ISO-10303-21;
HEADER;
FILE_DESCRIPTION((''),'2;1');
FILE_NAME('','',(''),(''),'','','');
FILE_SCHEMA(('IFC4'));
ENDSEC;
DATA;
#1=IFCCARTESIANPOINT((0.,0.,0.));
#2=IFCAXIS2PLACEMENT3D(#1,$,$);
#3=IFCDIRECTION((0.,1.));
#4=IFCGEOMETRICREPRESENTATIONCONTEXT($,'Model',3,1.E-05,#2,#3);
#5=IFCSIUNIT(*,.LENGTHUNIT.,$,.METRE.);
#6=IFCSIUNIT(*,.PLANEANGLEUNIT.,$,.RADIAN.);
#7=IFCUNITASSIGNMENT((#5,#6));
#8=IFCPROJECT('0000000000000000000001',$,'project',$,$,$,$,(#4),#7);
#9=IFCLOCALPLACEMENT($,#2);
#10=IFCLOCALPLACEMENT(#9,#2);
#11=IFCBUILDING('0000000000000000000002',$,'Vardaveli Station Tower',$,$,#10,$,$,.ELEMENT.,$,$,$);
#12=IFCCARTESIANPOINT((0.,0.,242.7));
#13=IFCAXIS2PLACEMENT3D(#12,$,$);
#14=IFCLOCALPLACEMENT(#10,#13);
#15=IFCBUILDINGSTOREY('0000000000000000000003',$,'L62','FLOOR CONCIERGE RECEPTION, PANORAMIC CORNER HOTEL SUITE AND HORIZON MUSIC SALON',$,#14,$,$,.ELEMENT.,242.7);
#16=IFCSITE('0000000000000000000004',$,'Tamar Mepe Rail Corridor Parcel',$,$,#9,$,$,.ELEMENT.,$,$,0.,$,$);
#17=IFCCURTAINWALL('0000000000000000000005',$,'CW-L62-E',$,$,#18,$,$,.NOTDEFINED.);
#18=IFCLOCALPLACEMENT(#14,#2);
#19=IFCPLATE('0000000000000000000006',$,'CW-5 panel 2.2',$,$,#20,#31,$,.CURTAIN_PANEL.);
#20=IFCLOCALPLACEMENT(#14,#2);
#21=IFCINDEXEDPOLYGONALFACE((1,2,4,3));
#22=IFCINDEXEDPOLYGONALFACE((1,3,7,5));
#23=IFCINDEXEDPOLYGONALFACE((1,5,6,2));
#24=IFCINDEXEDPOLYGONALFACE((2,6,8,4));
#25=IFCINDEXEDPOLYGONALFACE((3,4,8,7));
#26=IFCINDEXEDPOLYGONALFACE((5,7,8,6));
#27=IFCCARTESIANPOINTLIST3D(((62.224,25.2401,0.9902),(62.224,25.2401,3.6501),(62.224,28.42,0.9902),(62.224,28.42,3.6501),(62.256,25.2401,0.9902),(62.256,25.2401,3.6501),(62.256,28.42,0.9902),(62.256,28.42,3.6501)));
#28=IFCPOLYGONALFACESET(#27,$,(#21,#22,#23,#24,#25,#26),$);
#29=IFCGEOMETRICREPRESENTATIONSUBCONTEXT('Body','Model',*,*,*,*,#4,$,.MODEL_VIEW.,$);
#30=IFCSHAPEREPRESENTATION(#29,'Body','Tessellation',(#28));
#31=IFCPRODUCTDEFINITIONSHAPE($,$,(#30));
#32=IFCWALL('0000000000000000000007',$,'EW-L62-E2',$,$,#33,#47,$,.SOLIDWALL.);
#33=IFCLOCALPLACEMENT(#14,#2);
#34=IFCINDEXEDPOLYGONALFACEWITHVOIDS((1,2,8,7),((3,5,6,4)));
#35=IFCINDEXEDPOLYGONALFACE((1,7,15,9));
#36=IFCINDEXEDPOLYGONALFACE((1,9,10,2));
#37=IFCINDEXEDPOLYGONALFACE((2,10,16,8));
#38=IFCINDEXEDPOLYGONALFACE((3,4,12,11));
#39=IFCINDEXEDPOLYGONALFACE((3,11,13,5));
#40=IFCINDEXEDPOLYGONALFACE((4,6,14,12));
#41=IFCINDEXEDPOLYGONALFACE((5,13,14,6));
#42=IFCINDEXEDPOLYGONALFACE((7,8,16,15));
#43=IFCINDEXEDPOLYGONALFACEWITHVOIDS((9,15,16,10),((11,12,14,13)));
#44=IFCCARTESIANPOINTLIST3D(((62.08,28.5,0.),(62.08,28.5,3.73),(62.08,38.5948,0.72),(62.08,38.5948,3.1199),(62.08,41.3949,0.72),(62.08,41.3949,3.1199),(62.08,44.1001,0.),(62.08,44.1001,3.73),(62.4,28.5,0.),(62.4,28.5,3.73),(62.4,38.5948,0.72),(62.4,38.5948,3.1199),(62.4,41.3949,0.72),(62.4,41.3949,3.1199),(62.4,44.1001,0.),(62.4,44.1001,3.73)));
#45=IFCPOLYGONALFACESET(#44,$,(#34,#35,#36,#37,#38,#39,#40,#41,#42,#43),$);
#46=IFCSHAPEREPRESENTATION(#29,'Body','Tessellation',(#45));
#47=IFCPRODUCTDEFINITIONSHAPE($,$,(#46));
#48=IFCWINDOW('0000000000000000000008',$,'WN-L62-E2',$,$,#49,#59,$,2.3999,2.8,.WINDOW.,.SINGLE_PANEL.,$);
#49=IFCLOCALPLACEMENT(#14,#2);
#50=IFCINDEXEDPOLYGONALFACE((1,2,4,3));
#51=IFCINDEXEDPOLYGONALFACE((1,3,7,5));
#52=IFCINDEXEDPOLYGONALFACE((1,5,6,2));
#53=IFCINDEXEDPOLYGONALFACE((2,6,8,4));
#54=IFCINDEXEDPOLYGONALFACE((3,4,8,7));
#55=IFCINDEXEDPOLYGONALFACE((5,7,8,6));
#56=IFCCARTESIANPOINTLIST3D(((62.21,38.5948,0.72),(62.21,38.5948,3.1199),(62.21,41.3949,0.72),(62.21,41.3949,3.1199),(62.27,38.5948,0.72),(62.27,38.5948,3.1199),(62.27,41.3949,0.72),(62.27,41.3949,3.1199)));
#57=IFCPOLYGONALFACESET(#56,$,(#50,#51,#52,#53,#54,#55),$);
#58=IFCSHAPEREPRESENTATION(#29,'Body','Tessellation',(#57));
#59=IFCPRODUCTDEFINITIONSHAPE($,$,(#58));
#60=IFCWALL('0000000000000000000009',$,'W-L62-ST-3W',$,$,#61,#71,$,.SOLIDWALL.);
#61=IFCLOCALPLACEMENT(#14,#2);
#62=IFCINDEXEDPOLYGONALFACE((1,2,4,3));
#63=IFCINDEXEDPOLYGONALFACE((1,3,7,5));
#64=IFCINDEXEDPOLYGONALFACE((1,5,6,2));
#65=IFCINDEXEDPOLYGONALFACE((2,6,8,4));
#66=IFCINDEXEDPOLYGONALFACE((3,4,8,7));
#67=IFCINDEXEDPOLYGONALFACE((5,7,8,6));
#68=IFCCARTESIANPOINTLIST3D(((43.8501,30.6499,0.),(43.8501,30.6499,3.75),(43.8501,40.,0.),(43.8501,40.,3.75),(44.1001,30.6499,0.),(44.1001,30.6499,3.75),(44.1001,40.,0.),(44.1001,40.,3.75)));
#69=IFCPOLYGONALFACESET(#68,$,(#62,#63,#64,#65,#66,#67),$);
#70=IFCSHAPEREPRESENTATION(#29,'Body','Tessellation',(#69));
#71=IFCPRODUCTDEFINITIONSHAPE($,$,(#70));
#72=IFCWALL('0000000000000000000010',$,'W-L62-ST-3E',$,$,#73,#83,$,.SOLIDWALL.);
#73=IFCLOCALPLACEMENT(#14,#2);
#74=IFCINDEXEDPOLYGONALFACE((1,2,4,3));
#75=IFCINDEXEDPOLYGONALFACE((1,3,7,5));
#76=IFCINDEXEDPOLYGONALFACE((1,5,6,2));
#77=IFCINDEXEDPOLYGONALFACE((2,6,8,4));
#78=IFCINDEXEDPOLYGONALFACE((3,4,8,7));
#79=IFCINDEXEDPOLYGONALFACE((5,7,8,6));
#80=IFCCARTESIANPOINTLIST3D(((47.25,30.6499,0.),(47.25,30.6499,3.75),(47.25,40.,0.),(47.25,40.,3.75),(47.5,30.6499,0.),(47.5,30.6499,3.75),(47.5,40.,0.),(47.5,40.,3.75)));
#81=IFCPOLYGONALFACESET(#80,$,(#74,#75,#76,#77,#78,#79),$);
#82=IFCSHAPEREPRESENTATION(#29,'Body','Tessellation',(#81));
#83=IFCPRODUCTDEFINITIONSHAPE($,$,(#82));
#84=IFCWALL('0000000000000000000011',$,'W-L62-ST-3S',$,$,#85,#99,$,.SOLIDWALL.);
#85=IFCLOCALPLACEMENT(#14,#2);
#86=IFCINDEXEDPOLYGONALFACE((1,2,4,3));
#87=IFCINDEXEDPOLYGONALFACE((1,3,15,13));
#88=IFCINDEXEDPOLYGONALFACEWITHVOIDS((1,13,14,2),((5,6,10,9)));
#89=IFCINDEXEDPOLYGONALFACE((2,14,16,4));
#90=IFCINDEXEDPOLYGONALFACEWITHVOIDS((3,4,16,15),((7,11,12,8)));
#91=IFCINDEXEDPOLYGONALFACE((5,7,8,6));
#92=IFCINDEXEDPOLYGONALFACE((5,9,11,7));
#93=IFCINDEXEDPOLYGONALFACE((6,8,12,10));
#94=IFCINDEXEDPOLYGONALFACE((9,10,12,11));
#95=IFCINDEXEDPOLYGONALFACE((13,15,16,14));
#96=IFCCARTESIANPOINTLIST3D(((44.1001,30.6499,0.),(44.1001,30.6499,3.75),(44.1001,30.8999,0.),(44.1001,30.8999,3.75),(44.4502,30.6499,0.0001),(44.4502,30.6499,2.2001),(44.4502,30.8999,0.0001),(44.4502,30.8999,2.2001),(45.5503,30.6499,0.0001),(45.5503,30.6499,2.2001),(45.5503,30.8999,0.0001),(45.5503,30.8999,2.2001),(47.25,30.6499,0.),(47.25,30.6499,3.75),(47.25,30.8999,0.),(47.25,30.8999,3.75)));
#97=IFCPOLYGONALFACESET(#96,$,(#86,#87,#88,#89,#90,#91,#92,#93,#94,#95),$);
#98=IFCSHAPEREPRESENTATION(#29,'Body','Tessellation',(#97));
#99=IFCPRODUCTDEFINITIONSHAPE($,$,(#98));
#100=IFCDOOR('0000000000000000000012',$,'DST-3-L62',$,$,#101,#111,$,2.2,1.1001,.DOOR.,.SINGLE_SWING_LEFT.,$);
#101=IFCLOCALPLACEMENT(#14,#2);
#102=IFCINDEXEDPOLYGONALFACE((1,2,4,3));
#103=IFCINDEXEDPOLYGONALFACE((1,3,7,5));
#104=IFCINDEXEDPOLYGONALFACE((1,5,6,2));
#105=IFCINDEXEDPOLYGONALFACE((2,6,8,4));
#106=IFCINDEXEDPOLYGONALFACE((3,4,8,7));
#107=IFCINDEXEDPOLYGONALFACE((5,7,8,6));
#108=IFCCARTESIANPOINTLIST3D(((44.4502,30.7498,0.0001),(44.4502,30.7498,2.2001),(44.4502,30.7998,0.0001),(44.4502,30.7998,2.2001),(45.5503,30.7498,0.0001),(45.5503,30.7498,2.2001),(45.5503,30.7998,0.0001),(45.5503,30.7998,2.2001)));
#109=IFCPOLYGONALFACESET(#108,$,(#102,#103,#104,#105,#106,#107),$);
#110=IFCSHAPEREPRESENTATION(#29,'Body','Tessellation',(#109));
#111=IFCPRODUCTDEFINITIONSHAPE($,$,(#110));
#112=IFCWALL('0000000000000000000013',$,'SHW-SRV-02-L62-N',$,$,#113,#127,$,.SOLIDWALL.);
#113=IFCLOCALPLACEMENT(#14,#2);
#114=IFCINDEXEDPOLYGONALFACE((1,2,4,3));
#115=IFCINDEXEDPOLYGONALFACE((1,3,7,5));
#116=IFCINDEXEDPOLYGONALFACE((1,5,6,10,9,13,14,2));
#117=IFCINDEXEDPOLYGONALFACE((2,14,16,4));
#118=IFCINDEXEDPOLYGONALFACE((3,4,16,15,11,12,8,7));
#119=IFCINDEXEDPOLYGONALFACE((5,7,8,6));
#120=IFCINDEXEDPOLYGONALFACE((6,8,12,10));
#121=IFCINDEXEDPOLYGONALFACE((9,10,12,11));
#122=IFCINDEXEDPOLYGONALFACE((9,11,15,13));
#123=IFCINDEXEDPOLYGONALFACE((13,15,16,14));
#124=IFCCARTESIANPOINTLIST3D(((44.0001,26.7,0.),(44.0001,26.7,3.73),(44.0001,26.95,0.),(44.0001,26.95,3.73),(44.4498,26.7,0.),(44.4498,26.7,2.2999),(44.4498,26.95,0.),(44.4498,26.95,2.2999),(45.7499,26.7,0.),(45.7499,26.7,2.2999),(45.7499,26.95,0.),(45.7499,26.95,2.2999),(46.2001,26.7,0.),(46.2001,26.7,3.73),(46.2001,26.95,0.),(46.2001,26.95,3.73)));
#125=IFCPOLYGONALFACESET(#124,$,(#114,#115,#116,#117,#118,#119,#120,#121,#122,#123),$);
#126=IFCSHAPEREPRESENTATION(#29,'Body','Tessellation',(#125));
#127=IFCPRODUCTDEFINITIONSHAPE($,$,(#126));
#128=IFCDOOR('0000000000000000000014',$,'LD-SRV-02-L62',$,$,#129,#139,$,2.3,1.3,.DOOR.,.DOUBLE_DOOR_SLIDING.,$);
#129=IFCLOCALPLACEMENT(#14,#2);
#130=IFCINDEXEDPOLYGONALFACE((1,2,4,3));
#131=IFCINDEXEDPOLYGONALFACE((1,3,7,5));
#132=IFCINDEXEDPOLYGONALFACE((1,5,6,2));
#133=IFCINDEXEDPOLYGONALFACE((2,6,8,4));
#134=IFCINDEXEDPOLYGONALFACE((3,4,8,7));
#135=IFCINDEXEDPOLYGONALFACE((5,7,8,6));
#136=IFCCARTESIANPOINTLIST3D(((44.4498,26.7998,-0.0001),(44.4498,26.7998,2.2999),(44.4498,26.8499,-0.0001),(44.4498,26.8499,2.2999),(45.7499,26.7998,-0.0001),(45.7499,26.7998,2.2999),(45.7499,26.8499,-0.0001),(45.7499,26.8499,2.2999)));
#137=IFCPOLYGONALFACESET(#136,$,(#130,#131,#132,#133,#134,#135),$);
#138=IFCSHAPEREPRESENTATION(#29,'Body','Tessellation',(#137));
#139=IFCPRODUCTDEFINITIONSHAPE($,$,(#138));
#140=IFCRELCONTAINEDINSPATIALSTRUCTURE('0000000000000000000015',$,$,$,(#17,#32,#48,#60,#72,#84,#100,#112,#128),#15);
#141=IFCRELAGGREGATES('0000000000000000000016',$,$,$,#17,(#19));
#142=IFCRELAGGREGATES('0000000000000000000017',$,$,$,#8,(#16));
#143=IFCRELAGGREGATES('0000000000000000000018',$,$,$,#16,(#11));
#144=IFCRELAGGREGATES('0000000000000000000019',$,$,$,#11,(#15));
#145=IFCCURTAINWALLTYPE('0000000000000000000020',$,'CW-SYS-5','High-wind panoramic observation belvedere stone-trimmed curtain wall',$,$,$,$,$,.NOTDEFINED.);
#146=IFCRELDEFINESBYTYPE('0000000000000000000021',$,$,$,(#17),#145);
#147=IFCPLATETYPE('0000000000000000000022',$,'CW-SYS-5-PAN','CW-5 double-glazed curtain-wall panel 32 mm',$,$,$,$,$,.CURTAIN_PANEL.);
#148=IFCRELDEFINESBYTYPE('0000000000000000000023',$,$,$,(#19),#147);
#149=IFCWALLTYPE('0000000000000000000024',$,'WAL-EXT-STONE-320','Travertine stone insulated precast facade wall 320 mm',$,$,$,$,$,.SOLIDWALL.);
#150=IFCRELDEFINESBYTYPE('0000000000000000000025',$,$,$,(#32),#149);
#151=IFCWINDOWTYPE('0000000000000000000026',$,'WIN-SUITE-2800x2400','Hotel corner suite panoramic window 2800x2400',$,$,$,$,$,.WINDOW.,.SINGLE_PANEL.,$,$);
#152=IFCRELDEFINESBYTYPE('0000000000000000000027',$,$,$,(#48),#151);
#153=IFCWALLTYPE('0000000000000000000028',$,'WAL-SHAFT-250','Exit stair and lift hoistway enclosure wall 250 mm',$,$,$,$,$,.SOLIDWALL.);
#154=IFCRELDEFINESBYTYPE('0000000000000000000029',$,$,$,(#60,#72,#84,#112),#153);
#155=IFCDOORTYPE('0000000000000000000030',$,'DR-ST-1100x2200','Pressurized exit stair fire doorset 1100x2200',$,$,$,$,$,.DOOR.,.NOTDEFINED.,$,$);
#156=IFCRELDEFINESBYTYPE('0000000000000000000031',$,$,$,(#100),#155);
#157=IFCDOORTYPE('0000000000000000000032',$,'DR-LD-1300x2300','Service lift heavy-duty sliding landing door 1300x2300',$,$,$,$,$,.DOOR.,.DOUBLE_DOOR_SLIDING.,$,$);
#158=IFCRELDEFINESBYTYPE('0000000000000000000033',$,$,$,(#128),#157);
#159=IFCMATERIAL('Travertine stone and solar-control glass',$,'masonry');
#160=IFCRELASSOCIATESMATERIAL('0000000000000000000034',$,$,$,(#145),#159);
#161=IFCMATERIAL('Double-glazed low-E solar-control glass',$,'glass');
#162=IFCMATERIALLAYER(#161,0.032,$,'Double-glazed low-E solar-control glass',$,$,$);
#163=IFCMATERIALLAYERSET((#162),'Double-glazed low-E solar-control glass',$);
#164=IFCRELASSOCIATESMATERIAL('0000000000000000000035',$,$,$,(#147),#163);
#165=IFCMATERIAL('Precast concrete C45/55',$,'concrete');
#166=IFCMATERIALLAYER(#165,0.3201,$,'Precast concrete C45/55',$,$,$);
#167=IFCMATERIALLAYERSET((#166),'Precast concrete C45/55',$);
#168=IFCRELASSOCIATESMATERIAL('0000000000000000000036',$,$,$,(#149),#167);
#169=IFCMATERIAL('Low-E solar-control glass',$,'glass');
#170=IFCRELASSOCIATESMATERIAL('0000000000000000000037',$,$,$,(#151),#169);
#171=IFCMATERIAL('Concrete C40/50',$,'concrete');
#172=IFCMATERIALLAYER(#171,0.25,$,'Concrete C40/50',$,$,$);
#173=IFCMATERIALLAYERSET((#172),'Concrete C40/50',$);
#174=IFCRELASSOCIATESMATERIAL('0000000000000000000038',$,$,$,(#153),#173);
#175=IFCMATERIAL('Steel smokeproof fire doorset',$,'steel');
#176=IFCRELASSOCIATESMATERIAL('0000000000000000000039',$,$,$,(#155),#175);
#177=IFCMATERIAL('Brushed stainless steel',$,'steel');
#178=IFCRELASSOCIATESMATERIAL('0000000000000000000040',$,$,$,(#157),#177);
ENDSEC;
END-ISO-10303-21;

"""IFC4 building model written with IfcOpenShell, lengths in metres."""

from ifc_helpers import new_model, si_unit, direction, frame, frame_2d, origin, origin_2d, place, context, subcontext, project, spatial, rectangle, extrude, source, transform, mapped, material, layer, layer_set, type_object, element, fill, aggregate, save


model = new_model("IFC4")

# Units and contexts
model_context = context("Model", 3, precision=1e-05, world=origin(), true_north=direction((0.0, 1.0)))
body_context = subcontext(model_context, "Body", "Model", "MODEL_VIEW")
ifc_project = project(units=[si_unit("LENGTHUNIT", "METRE"), si_unit("PLANEANGLEUNIT", "RADIAN")], contexts=[model_context])

# Site, building, storey
site_placement = place(None, origin())
site = spatial("IfcSite", under=ifc_project, at=site_placement, Name="Tamar Mepe Rail Corridor Parcel", CompositionType="ELEMENT", RefElevation=0.0)
building_placement = place(site_placement, origin())
building = spatial("IfcBuilding", under=site, at=building_placement, Name="Vardaveli Station Tower", CompositionType="ELEMENT")
storey_placement = place(building_placement, frame((0.0, 0.0, 242.7)))
storey = spatial("IfcBuildingStorey", under=building, at=storey_placement, Name="L62", Description="FLOOR CONCIERGE RECEPTION, PANORAMIC CORNER HOTEL SUITE AND HORIZON MUSIC SALON", CompositionType="ELEMENT", Elevation=242.7)

# Curtain wall, plate
ifc_material_1 = material(Name="Travertine stone and solar-control glass", Category="masonry")
curtain_wall_type = type_object("IfcCurtainWallType", Name="CW-SYS-5", Description="High-wind panoramic observation belvedere stone-trimmed curtain wall", PredefinedType="NOTDEFINED", material=ifc_material_1)
curtain_wall_placement = place(storey_placement, origin())
curtain_wall = element("IfcCurtainWall", 1, at=curtain_wall_placement, inside=storey, type_object=curtain_wall_type, Name="CW-L62-E", PredefinedType="NOTDEFINED")
ifc_material_2 = material(Name="Double-glazed low-E solar-control glass", Category="glass")
ifc_layer_1 = layer(ifc_material_2, 0.032, Name="Double-glazed low-E solar-control glass")
ifc_layer_set_1 = layer_set([ifc_layer_1], Name="Double-glazed low-E solar-control glass")
plate_type = type_object("IfcPlateType", Name="CW-SYS-5-PAN", Description="CW-5 double-glazed curtain-wall panel 32 mm", PredefinedType="CURTAIN_PANEL", material=ifc_layer_set_1)
shared_shape_1 = source(origin(), body_context, "Body", "SweptSolid", [
    extrude(rectangle(XDim=3.1799, YDim=0.032, at=origin_2d()), origin(), (0.0, 0.0, 1.0), 2.6599),
])
plate_1_placement = place(storey_placement, frame((62.24, 26.8301, 0.9902), z_axis=(0.0, 0.0, 1.0), x_axis=(0.0, 1.0, 0.0)))
plate_1 = element("IfcPlate", 2, at=plate_1_placement, type_object=plate_type, Name="CW-5 panel 2.2", PredefinedType="CURTAIN_PANEL", context=body_context, shape_type="MappedRepresentation", body=[
    mapped(shared_shape_1, transform((0.0, 0.0, 0.0), scale=1.0)),
])
aggregate(curtain_wall, [plate_1])

# Wall, opening, window
ifc_material_3 = material(Name="Precast concrete C45/55", Category="concrete")
ifc_layer_2 = layer(ifc_material_3, 0.3201, Name="Precast concrete C45/55")
ifc_layer_set_2 = layer_set([ifc_layer_2], Name="Precast concrete C45/55")
wall_type_1 = type_object("IfcWallType", Name="WAL-EXT-STONE-320", Description="Travertine stone insulated precast facade wall 320 mm", PredefinedType="SOLIDWALL", material=ifc_layer_set_2)
shared_shape_2 = source(origin(), body_context, "Body", "SweptSolid", [
    extrude(rectangle(XDim=15.6001, YDim=0.3201, at=frame_2d((7.8, 0.0))), origin(), (0.0, 0.0, 1.0), 3.73),
])
wall_1_placement = place(storey_placement, frame((62.24, 28.5, 0.0), z_axis=(0.0, 0.0, 1.0), x_axis=(0.0, 1.0, 0.0)))
wall_1 = element("IfcWall", 3, at=wall_1_placement, inside=storey, type_object=wall_type_1, Name="EW-L62-E2", PredefinedType="SOLIDWALL", context=body_context, shape_type="MappedRepresentation", body=[
    mapped(shared_shape_2, transform((0.0, 0.0, 0.0), scale=1.0)),
])
shared_shape_3 = source(origin(), body_context, "Body", "SweptSolid", [
    extrude(rectangle(XDim=2.8, YDim=2.3999, at=frame_2d((1.3999, 1.2))), frame((0.0, 0.1699, 0.0), z_axis=(0.0, -1.0, 0.0), x_axis=(1.0, 0.0, 0.0)), (0.0, 0.0, 1.0), 0.3401),
])
opening_1_placement = place(wall_1_placement, frame((10.095, 0.0, 0.72)))
opening_1 = element("IfcOpeningElement", 4, at=opening_1_placement, cuts=wall_1, PredefinedType="OPENING", context=body_context, shape_type="MappedRepresentation", body=[
    mapped(shared_shape_3, transform((0.0, 0.0, 0.0), scale=1.0)),
])
ifc_material_4 = material(Name="Low-E solar-control glass", Category="glass")
window_type = type_object("IfcWindowType", Name="WIN-SUITE-2800x2400", Description="Hotel corner suite panoramic window 2800x2400", PartitioningType="SINGLE_PANEL", PredefinedType="WINDOW", material=ifc_material_4)
shared_shape_4 = source(origin(), body_context, "Body", "SweptSolid", [
    extrude(rectangle(XDim=2.8, YDim=2.3999, at=frame_2d((1.3999, 1.2))), frame((0.0, 0.03, 0.0), z_axis=(0.0, -1.0, 0.0), x_axis=(1.0, 0.0, 0.0)), (0.0, 0.0, 1.0), 0.0601),
])
window_placement = place(opening_1_placement, origin())
window = element("IfcWindow", 5, at=window_placement, inside=storey, type_object=window_type, Name="WN-L62-E2", OverallHeight=2.3999, OverallWidth=2.8, PartitioningType="SINGLE_PANEL", PredefinedType="WINDOW", context=body_context, shape_type="MappedRepresentation", body=[
    mapped(shared_shape_4, transform((0.0, 0.0, 0.0), scale=1.0)),
])
fill(opening_1, window)

# Walls
ifc_material_5 = material(Name="Concrete C40/50", Category="concrete")
ifc_layer_3 = layer(ifc_material_5, 0.25, Name="Concrete C40/50")
ifc_layer_set_3 = layer_set([ifc_layer_3], Name="Concrete C40/50")
wall_type_2 = type_object("IfcWallType", Name="WAL-SHAFT-250", Description="Exit stair and lift hoistway enclosure wall 250 mm", PredefinedType="SOLIDWALL", material=ifc_layer_set_3)
shared_shape_5 = source(origin(), body_context, "Body", "SweptSolid", [
    extrude(rectangle(XDim=9.3501, YDim=0.25, at=frame_2d((4.675, 0.0))), origin(), (0.0, 0.0, 1.0), 3.75),
])
for number, where, z_axis, x_axis, name in (
    (6, (43.9751, 30.6499, 0.0), (0.0, 0.0, 1.0), (0.0, 1.0, 0.0), "W-L62-ST-3W"),
    (7, (47.375, 30.6499, 0.0), (0.0, 0.0, 1.0), (0.0, 1.0, 0.0), "W-L62-ST-3E"),
):
    element("IfcWall", number, at=place(storey_placement, frame(where, z_axis=z_axis, x_axis=x_axis)), inside=storey, type_object=wall_type_2, Name=name, PredefinedType="SOLIDWALL", context=body_context, shape_type="MappedRepresentation", body=[
        mapped(shared_shape_5, transform((0.0, 0.0, 0.0), scale=1.0)),
    ])

# Walls, openings, doors
shared_shape_6 = source(origin(), body_context, "Body", "SweptSolid", [
    extrude(rectangle(XDim=3.1499, YDim=0.25, at=frame_2d((1.575, 0.0))), origin(), (0.0, 0.0, 1.0), 3.75),
])
wall_2_placement = place(storey_placement, frame((44.1001, 30.7749, 0.0), z_axis=(0.0, 0.0, 1.0), x_axis=(1.0, 0.0, 0.0)))
wall_2 = element("IfcWall", 8, at=wall_2_placement, inside=storey, type_object=wall_type_2, Name="W-L62-ST-3S", PredefinedType="SOLIDWALL", context=body_context, shape_type="MappedRepresentation", body=[
    mapped(shared_shape_6, transform((0.0, 0.0, 0.0), scale=1.0)),
])
shared_shape_7 = source(origin(), body_context, "Body", "SweptSolid", [
    extrude(rectangle(XDim=1.1001, YDim=2.2, at=frame_2d((0.55, 1.1001))), frame((0.0, 0.135, 0.0), z_axis=(0.0, -1.0, 0.0), x_axis=(1.0, 0.0, 0.0)), (0.0, 0.0, 1.0), 0.27),
])
opening_2_placement = place(wall_2_placement, frame((0.3501, 0.0, 0.0)))
opening_2 = element("IfcOpeningElement", 9, at=opening_2_placement, cuts=wall_2, PredefinedType="OPENING", context=body_context, shape_type="MappedRepresentation", body=[
    mapped(shared_shape_7, transform((0.0, 0.0, 0.0), scale=1.0)),
])
ifc_material_6 = material(Name="Steel smokeproof fire doorset", Category="steel")
door_type_1 = type_object("IfcDoorType", Name="DR-ST-1100x2200", Description="Pressurized exit stair fire doorset 1100x2200", OperationType="NOTDEFINED", PredefinedType="DOOR", material=ifc_material_6)
shared_shape_8 = source(origin(), body_context, "Body", "SweptSolid", [
    extrude(rectangle(XDim=1.1001, YDim=2.2, at=frame_2d((0.55, 1.1001))), frame((0.0, 0.0249, 0.0), z_axis=(0.0, -1.0, 0.0), x_axis=(1.0, 0.0, 0.0)), (0.0, 0.0, 1.0), 0.05),
])
door_1_placement = place(opening_2_placement, origin())
door_1 = element("IfcDoor", 10, at=door_1_placement, inside=storey, type_object=door_type_1, Name="DST-3-L62", OperationType="SINGLE_SWING_LEFT", OverallHeight=2.2, OverallWidth=1.1001, PredefinedType="DOOR", context=body_context, shape_type="MappedRepresentation", body=[
    mapped(shared_shape_8, transform((0.0, 0.0, 0.0), scale=1.0)),
])
fill(opening_2, door_1)
shared_shape_9 = source(origin(), body_context, "Body", "SweptSolid", [
    extrude(rectangle(XDim=2.2, YDim=0.25, at=frame_2d((1.1001, 0.0))), origin(), (0.0, 0.0, 1.0), 3.73),
])
wall_3_placement = place(storey_placement, frame((44.0, 26.825, 0.0), z_axis=(0.0, 0.0, 1.0), x_axis=(1.0, 0.0, 0.0)))
wall_3 = element("IfcWall", 11, at=wall_3_placement, inside=storey, type_object=wall_type_2, Name="SHW-SRV-02-L62-N", PredefinedType="SOLIDWALL", context=body_context, shape_type="MappedRepresentation", body=[
    mapped(shared_shape_9, transform((0.0, 0.0, 0.0), scale=1.0)),
])
shared_shape_10 = source(origin(), body_context, "Body", "SweptSolid", [
    extrude(rectangle(XDim=1.3, YDim=2.3, at=frame_2d((0.6499, 1.1499))), frame((0.0, 0.135, 0.0), z_axis=(0.0, -1.0, 0.0), x_axis=(1.0, 0.0, 0.0)), (0.0, 0.0, 1.0), 0.27),
])
opening_3_placement = place(wall_3_placement, frame((0.45, 0.0, 0.0)))
opening_3 = element("IfcOpeningElement", 12, at=opening_3_placement, cuts=wall_3, PredefinedType="OPENING", context=body_context, shape_type="MappedRepresentation", body=[
    mapped(shared_shape_10, transform((0.0, 0.0, 0.0), scale=1.0)),
])
ifc_material_7 = material(Name="Brushed stainless steel", Category="steel")
door_type_2 = type_object("IfcDoorType", Name="DR-LD-1300x2300", Description="Service lift heavy-duty sliding landing door 1300x2300", OperationType="DOUBLE_DOOR_SLIDING", PredefinedType="DOOR", material=ifc_material_7)
shared_shape_11 = source(origin(), body_context, "Body", "SweptSolid", [
    extrude(rectangle(XDim=1.3, YDim=2.3, at=frame_2d((0.6499, 1.1499))), frame((0.0, 0.0249, 0.0), z_axis=(0.0, -1.0, 0.0), x_axis=(1.0, 0.0, 0.0)), (0.0, 0.0, 1.0), 0.05),
])
door_2_placement = place(opening_3_placement, origin())
door_2 = element("IfcDoor", 13, at=door_2_placement, inside=storey, type_object=door_type_2, Name="LD-SRV-02-L62", OperationType="DOUBLE_DOOR_SLIDING", OverallHeight=2.3, OverallWidth=1.3, PredefinedType="DOOR", context=body_context, shape_type="MappedRepresentation", body=[
    mapped(shared_shape_11, transform((0.0, 0.0, 0.0), scale=1.0)),
])
fill(opening_3, door_2)

save(model, "model.ifc")
